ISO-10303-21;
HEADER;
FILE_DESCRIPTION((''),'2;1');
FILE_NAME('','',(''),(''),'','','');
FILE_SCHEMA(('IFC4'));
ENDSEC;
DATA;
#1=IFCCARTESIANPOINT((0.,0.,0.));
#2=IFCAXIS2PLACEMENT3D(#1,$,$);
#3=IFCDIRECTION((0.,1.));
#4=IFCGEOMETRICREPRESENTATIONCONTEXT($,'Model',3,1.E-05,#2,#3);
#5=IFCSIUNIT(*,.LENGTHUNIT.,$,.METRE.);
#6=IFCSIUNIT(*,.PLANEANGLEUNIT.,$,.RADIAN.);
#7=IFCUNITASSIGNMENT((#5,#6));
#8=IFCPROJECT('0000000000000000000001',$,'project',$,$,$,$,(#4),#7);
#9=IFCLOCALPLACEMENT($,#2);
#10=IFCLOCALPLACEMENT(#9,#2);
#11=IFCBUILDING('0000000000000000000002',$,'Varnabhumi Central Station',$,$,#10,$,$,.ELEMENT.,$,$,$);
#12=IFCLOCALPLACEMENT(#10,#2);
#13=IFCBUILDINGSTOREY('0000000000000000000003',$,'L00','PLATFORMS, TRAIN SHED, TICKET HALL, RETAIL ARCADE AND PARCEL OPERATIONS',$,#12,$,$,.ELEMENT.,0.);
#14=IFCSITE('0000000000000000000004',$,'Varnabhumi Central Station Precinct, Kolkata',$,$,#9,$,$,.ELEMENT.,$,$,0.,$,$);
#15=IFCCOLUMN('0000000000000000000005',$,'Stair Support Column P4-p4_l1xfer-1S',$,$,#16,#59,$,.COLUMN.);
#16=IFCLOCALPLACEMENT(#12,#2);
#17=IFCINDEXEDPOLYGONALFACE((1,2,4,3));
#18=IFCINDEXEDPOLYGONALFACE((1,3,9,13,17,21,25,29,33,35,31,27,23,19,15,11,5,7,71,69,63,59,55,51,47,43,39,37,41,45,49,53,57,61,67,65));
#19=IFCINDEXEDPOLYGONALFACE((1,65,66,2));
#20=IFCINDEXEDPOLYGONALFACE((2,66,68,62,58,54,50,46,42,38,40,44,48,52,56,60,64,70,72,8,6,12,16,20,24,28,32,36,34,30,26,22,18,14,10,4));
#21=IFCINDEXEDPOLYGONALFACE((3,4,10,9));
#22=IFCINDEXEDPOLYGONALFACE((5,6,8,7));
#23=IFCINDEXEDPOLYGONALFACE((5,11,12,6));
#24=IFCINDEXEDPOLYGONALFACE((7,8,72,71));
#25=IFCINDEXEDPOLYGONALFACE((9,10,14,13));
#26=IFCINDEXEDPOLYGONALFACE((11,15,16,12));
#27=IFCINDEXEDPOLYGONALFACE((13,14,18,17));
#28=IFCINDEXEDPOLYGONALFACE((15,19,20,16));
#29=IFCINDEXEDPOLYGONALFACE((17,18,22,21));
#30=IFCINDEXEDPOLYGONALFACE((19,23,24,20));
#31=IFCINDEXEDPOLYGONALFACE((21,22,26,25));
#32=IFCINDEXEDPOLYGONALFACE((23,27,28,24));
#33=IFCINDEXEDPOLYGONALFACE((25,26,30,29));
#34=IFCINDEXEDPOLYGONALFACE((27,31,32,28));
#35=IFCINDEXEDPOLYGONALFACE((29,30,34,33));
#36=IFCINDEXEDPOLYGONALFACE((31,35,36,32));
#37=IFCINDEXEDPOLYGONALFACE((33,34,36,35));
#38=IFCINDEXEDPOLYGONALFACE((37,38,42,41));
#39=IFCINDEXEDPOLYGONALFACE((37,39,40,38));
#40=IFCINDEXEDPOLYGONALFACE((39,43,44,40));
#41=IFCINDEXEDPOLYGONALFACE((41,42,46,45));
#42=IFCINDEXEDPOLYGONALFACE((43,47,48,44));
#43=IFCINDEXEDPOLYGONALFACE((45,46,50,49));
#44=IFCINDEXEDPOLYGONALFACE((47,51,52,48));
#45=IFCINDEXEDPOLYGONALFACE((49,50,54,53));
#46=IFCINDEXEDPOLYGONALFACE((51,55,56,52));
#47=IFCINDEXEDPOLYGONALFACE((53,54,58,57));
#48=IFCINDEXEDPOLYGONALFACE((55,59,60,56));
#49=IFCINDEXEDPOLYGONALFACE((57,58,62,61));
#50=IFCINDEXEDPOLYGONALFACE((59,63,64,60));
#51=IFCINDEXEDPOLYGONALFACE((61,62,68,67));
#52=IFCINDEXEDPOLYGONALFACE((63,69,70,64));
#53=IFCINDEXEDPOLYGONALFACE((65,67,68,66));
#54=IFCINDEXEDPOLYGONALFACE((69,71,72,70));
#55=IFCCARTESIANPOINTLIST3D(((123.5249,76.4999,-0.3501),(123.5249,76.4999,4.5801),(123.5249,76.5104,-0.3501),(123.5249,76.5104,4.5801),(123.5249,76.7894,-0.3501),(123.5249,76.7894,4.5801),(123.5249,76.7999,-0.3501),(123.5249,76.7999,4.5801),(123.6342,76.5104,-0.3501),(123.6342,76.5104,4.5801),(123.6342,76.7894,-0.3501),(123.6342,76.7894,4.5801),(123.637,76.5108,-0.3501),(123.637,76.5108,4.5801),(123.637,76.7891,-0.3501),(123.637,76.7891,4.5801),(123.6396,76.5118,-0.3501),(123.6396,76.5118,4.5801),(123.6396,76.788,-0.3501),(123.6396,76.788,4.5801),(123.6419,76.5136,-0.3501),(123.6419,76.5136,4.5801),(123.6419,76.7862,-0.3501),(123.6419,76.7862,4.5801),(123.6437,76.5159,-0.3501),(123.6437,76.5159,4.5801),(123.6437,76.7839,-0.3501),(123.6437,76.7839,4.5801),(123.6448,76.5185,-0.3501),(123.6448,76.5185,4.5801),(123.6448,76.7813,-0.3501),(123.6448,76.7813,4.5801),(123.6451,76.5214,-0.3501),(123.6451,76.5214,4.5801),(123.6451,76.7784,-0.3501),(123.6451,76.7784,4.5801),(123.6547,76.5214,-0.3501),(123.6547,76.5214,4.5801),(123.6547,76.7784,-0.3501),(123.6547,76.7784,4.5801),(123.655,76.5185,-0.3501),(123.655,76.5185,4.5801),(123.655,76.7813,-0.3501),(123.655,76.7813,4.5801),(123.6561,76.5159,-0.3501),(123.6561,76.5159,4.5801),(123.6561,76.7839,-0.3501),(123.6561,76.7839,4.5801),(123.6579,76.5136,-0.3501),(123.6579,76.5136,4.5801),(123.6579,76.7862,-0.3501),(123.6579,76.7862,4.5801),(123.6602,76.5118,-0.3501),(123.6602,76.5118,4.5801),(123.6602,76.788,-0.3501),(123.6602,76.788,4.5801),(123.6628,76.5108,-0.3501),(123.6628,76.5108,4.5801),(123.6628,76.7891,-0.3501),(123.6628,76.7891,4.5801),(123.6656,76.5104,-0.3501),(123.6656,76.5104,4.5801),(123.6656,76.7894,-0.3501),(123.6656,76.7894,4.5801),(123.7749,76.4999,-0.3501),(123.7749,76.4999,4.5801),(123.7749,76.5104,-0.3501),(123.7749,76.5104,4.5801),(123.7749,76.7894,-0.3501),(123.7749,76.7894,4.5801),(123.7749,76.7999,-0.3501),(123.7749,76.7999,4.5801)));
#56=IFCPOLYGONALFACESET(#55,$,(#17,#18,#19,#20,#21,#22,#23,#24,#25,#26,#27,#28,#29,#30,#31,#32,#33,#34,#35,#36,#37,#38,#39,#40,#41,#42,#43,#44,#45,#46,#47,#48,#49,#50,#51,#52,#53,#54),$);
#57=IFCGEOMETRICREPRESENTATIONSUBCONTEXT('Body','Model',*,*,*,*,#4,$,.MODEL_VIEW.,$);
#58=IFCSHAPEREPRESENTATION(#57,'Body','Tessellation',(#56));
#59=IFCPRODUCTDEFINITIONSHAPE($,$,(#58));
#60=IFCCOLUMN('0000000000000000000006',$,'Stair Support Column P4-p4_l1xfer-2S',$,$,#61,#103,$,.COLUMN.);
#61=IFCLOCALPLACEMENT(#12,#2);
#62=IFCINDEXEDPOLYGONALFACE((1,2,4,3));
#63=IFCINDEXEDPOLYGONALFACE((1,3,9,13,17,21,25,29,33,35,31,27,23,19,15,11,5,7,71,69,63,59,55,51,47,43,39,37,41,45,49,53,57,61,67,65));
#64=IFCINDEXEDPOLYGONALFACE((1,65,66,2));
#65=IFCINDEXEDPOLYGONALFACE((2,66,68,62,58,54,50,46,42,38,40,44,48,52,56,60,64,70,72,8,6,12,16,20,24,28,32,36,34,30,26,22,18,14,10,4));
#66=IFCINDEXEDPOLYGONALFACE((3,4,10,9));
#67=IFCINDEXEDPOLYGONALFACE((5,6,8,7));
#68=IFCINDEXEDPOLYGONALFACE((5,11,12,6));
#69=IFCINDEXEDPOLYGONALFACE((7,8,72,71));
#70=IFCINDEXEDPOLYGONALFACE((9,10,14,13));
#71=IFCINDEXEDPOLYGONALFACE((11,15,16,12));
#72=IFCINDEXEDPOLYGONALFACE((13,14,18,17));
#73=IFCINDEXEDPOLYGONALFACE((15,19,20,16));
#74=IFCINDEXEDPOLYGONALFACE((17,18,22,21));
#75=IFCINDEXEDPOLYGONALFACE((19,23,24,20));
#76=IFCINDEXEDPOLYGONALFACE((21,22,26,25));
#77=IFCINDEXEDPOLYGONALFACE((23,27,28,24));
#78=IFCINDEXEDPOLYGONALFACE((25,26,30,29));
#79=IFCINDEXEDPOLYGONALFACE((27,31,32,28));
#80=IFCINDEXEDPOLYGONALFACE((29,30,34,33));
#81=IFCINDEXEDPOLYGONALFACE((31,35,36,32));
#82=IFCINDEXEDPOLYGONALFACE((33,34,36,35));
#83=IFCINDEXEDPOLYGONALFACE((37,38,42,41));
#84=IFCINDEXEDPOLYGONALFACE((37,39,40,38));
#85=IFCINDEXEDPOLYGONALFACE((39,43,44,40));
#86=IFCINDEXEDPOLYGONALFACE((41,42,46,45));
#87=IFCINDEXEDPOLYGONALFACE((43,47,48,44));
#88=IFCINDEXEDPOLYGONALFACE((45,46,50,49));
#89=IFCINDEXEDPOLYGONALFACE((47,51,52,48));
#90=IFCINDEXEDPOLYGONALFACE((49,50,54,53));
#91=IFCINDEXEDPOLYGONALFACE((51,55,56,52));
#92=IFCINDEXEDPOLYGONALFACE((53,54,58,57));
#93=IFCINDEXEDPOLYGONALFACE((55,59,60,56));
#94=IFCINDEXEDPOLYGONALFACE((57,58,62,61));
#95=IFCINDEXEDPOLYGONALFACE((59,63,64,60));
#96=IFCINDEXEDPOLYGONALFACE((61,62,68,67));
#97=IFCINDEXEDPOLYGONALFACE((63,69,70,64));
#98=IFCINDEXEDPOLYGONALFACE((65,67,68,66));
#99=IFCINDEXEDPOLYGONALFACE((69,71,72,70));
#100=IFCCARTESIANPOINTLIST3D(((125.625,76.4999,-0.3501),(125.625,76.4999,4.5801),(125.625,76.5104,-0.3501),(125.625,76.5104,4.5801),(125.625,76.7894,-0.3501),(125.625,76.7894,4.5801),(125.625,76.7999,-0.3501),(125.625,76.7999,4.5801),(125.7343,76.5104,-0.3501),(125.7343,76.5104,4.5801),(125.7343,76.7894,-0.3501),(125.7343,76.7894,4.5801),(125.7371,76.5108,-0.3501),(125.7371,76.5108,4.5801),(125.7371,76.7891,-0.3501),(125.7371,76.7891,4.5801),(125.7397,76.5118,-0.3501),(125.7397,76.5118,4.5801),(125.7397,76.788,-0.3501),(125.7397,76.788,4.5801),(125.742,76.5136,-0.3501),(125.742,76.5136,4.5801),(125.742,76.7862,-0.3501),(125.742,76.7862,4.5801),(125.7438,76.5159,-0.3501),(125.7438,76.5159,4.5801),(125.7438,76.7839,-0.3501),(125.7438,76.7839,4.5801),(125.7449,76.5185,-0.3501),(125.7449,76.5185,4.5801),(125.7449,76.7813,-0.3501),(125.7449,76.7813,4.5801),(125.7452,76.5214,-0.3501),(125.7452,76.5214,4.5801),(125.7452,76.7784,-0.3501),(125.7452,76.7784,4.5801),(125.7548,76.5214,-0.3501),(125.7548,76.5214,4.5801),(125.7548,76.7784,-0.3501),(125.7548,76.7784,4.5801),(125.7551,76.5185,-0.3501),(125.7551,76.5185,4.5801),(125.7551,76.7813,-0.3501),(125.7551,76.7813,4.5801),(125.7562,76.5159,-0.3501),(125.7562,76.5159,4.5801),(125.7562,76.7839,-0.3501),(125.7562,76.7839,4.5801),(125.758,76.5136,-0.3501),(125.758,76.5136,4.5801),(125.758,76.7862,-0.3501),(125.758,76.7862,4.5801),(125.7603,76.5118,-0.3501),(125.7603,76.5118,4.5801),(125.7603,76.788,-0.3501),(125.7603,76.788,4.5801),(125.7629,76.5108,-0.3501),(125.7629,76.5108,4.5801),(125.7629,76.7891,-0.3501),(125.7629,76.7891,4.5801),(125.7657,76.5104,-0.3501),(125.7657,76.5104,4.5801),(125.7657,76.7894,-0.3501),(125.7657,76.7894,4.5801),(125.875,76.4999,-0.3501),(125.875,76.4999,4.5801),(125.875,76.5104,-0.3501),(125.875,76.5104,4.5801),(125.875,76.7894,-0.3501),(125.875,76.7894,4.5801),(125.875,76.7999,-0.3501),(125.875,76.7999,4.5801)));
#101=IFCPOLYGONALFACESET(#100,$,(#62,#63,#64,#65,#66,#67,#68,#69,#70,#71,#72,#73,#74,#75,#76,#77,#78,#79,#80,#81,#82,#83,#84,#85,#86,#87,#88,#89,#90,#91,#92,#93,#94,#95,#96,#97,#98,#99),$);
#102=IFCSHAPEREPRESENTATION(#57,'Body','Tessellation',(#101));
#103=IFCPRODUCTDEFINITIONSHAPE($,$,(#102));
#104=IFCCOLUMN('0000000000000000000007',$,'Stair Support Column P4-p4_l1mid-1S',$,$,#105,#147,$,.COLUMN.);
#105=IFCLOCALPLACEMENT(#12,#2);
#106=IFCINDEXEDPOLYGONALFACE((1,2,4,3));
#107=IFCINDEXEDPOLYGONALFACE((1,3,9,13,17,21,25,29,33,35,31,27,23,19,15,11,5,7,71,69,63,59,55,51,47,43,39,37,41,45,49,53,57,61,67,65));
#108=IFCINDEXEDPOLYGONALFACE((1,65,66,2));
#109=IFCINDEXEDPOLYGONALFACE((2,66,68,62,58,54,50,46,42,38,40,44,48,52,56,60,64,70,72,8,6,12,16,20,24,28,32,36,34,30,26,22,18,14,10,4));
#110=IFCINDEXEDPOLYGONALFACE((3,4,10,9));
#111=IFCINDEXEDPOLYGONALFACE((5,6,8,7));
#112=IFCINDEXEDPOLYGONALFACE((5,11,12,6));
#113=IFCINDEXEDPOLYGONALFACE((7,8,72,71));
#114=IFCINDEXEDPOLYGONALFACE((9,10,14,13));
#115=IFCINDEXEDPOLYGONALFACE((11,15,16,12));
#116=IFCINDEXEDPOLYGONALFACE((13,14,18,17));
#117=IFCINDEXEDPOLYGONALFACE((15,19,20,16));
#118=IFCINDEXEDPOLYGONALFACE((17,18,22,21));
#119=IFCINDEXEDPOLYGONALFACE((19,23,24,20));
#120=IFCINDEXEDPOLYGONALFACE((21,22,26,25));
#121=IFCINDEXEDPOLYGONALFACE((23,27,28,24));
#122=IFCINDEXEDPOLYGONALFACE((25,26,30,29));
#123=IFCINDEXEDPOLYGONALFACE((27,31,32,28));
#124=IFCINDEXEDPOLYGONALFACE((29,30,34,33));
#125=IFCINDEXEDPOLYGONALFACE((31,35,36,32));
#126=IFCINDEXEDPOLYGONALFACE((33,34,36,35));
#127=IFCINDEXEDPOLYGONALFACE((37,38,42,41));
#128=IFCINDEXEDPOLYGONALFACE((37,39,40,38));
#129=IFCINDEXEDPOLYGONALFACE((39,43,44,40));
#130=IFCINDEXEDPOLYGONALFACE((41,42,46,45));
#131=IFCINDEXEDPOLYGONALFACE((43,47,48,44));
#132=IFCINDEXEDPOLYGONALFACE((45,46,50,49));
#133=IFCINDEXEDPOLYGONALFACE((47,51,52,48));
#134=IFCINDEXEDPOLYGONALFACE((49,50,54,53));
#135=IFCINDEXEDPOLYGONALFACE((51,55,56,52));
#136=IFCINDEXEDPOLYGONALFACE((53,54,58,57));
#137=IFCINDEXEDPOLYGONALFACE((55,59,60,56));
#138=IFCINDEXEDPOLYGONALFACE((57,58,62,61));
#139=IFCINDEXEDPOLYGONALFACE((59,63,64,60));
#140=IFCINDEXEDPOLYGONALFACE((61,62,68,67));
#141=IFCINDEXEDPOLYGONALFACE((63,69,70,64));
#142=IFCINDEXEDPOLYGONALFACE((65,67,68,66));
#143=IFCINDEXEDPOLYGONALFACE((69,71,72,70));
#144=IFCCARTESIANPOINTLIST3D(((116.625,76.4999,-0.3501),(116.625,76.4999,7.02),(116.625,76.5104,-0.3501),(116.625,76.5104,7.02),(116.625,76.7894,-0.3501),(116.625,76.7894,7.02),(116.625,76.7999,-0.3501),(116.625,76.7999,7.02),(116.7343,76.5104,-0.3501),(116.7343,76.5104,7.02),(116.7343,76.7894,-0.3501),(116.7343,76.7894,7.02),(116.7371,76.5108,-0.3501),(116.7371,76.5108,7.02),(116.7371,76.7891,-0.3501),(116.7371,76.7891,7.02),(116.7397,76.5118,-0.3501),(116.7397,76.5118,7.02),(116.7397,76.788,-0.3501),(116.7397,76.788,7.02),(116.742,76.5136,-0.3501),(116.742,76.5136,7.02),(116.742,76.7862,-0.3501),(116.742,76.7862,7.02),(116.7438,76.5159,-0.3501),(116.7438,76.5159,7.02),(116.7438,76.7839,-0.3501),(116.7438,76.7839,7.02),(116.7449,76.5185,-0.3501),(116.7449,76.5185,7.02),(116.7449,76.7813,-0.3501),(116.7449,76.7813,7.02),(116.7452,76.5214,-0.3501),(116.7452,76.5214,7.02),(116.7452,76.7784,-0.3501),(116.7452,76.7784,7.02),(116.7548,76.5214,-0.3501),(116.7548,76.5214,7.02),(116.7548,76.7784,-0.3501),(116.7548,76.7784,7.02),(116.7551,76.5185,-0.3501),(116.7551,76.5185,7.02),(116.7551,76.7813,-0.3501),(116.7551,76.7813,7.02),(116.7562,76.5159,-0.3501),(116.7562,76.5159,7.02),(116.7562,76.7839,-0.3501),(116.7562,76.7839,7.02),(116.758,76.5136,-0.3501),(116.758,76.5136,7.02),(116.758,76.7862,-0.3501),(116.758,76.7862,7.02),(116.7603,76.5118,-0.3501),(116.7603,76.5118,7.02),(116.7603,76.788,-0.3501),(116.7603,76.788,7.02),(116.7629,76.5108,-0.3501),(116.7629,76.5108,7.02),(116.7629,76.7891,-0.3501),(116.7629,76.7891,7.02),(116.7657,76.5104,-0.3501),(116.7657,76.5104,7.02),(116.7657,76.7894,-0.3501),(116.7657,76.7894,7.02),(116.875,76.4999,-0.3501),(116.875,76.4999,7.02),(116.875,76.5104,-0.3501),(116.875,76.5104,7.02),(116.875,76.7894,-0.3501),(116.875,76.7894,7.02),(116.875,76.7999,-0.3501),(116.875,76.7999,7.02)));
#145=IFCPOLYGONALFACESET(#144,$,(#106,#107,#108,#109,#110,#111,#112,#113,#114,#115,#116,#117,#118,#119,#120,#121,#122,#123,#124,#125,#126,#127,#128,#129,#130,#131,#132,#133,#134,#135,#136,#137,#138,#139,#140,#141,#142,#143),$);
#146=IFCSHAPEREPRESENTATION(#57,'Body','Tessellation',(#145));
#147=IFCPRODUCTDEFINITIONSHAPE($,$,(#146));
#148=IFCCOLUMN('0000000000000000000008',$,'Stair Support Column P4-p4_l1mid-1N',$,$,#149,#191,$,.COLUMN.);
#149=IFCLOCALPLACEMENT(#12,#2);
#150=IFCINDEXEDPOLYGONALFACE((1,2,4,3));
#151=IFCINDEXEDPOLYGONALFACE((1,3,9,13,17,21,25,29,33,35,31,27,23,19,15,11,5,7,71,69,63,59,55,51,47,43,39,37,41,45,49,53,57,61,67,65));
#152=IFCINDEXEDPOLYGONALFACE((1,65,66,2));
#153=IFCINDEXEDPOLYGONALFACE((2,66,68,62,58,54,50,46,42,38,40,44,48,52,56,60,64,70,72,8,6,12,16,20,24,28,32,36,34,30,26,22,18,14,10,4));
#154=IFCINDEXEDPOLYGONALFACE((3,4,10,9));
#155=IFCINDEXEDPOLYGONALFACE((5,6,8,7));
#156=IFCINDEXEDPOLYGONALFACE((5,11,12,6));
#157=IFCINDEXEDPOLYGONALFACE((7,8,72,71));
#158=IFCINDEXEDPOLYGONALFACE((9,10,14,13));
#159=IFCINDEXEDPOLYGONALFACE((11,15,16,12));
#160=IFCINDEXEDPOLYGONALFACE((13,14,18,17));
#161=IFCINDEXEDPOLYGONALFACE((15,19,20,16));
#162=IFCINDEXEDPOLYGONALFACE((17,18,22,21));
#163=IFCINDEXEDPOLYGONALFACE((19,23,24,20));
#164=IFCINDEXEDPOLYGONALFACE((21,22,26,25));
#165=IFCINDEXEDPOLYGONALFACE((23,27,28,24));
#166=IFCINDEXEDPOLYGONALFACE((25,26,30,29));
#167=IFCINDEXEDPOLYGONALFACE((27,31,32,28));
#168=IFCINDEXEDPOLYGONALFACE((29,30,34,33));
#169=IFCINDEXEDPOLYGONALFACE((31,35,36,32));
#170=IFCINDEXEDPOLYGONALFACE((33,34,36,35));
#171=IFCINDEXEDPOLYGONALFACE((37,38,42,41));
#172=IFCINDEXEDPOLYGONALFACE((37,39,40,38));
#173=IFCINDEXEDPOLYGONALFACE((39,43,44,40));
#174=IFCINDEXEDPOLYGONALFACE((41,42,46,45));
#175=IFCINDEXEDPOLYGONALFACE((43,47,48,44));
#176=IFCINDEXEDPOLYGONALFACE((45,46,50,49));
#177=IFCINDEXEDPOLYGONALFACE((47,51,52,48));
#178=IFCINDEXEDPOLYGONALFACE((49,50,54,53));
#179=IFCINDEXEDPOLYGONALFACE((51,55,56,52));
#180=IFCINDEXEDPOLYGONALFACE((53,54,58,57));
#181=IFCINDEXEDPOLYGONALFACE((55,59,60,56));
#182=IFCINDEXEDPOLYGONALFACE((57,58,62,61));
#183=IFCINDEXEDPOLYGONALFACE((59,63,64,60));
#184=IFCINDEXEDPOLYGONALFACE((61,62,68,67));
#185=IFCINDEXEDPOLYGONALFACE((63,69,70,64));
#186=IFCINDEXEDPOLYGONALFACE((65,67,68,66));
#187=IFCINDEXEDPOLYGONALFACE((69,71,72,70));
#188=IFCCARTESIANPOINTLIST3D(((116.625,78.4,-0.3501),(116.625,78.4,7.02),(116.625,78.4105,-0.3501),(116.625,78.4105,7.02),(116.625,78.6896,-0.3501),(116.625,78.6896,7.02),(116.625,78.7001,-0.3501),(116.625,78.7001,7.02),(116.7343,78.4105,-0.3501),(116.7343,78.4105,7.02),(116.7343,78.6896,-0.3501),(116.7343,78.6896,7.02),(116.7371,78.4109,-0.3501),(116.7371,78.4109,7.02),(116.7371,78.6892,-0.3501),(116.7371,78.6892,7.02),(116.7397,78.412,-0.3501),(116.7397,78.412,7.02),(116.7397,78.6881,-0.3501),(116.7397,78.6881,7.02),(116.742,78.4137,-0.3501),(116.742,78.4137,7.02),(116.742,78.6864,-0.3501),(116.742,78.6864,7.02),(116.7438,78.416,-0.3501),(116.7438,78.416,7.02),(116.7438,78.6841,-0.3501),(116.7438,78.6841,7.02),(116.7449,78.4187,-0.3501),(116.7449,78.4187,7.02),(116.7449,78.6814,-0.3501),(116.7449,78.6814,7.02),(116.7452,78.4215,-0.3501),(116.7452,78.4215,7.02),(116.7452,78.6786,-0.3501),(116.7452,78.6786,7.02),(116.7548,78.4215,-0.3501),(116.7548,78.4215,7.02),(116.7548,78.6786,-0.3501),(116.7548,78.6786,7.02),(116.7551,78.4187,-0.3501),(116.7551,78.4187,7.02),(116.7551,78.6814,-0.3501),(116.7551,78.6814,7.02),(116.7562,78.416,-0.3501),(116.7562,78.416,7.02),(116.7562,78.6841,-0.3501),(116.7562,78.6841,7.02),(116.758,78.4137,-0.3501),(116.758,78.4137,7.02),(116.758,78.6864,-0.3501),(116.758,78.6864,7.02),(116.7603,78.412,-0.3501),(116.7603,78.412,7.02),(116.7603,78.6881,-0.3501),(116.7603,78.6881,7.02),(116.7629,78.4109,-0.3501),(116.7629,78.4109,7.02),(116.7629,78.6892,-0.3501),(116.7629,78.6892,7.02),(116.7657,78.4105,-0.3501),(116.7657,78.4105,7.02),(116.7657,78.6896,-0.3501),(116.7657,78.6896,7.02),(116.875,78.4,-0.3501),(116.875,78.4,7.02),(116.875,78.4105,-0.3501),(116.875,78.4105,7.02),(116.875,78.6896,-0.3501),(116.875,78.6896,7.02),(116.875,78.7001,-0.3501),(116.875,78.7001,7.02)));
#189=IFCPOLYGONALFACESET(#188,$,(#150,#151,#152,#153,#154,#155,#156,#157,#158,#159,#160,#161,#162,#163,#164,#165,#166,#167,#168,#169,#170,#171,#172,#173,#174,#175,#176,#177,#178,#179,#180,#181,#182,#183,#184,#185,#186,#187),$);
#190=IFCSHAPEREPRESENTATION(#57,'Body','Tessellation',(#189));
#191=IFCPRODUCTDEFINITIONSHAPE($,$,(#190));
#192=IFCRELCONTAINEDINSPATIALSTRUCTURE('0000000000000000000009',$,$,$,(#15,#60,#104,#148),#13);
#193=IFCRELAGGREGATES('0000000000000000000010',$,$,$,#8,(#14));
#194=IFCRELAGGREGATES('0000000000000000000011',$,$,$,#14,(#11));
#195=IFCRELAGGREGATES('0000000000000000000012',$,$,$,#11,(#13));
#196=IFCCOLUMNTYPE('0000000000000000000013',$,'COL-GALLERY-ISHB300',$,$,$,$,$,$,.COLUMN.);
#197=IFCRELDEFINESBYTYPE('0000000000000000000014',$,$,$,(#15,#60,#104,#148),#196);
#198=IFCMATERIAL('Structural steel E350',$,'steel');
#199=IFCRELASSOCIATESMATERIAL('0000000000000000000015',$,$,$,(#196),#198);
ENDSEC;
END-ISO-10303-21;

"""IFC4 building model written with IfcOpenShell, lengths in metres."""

from ifc_helpers import new_model, si_unit, direction, frame, origin, origin_2d, place, context, subcontext, project, spatial, i_section, extrude, material, material_profile, profile_set, type_object, element, save


model = new_model("IFC4")

# Units and contexts
model_context = context("Model", 3, precision=1e-05, world=origin(), true_north=direction((0.0, 1.0)))
body_context = subcontext(model_context, "Body", "Model", "MODEL_VIEW")
ifc_project = project(units=[si_unit("LENGTHUNIT", "METRE"), si_unit("PLANEANGLEUNIT", "RADIAN")], contexts=[model_context])

# Site, building, storey
site_placement = place(None, origin())
site = spatial("IfcSite", under=ifc_project, at=site_placement, Name="Varnabhumi Central Station Precinct, Kolkata", CompositionType="ELEMENT", RefElevation=0.0)
building_placement = place(site_placement, origin())
building = spatial("IfcBuilding", under=site, at=building_placement, Name="Varnabhumi Central Station", CompositionType="ELEMENT")
storey_placement = place(building_placement, origin())
storey = spatial("IfcBuildingStorey", under=building, at=storey_placement, Name="L00", Description="PLATFORMS, TRAIN SHED, TICKET HALL, RETAIL ARCADE AND PARCEL OPERATIONS", CompositionType="ELEMENT", Elevation=0.0)

# Columns
ifc_material_1 = material(Name="Structural steel E350", Category="steel")
ifc_material_profile_1 = material_profile(ifc_material_1, i_section(OverallWidth=0.25, OverallDepth=0.3, WebThickness=0.0095, FlangeThickness=0.0105, FilletRadius=0.011, at=origin_2d()), Name="Structural steel E350", Category="steel")
ifc_profile_set_1 = profile_set([ifc_material_profile_1], Name="Structural steel E350")
column_type = type_object("IfcColumnType", Name="COL-GALLERY-ISHB300", PredefinedType="COLUMN", material=ifc_profile_set_1)
for number, where, z_axis, x_axis, name in (
    (1, (123.6499, 76.6499, -0.3501), (0.0, 0.0, 1.0), (1.0, 0.0, 0.0), "Stair Support Column P4-p4_l1xfer-1S"),
    (2, (125.75, 76.6499, -0.3501), (0.0, 0.0, 1.0), (1.0, 0.0, 0.0), "Stair Support Column P4-p4_l1xfer-2S"),
):
    element("IfcColumn", number, at=place(storey_placement, frame(where, z_axis=z_axis, x_axis=x_axis)), inside=storey, type_object=column_type, Name=name, PredefinedType="COLUMN", context=body_context, shape_type="SweptSolid", body=[
        extrude(i_section(OverallWidth=0.25, OverallDepth=0.3, WebThickness=0.0095, FlangeThickness=0.0105, FilletRadius=0.011, at=origin_2d()), origin(), (0.0, 0.0, 1.0), 4.9302),
    ])
for number, where, z_axis, x_axis, name in (
    (3, (116.75, 76.6499, -0.3501), (0.0, 0.0, 1.0), (1.0, 0.0, 0.0), "Stair Support Column P4-p4_l1mid-1S"),
    (4, (116.75, 78.55, -0.3501), (0.0, 0.0, 1.0), (1.0, 0.0, 0.0), "Stair Support Column P4-p4_l1mid-1N"),
):
    element("IfcColumn", number, at=place(storey_placement, frame(where, z_axis=z_axis, x_axis=x_axis)), inside=storey, type_object=column_type, Name=name, PredefinedType="COLUMN", context=body_context, shape_type="SweptSolid", body=[
        extrude(i_section(OverallWidth=0.25, OverallDepth=0.3, WebThickness=0.0095, FlangeThickness=0.0105, FilletRadius=0.011, at=origin_2d()), origin(), (0.0, 0.0, 1.0), 7.3701),
    ])

save(model, "model.ifc")
